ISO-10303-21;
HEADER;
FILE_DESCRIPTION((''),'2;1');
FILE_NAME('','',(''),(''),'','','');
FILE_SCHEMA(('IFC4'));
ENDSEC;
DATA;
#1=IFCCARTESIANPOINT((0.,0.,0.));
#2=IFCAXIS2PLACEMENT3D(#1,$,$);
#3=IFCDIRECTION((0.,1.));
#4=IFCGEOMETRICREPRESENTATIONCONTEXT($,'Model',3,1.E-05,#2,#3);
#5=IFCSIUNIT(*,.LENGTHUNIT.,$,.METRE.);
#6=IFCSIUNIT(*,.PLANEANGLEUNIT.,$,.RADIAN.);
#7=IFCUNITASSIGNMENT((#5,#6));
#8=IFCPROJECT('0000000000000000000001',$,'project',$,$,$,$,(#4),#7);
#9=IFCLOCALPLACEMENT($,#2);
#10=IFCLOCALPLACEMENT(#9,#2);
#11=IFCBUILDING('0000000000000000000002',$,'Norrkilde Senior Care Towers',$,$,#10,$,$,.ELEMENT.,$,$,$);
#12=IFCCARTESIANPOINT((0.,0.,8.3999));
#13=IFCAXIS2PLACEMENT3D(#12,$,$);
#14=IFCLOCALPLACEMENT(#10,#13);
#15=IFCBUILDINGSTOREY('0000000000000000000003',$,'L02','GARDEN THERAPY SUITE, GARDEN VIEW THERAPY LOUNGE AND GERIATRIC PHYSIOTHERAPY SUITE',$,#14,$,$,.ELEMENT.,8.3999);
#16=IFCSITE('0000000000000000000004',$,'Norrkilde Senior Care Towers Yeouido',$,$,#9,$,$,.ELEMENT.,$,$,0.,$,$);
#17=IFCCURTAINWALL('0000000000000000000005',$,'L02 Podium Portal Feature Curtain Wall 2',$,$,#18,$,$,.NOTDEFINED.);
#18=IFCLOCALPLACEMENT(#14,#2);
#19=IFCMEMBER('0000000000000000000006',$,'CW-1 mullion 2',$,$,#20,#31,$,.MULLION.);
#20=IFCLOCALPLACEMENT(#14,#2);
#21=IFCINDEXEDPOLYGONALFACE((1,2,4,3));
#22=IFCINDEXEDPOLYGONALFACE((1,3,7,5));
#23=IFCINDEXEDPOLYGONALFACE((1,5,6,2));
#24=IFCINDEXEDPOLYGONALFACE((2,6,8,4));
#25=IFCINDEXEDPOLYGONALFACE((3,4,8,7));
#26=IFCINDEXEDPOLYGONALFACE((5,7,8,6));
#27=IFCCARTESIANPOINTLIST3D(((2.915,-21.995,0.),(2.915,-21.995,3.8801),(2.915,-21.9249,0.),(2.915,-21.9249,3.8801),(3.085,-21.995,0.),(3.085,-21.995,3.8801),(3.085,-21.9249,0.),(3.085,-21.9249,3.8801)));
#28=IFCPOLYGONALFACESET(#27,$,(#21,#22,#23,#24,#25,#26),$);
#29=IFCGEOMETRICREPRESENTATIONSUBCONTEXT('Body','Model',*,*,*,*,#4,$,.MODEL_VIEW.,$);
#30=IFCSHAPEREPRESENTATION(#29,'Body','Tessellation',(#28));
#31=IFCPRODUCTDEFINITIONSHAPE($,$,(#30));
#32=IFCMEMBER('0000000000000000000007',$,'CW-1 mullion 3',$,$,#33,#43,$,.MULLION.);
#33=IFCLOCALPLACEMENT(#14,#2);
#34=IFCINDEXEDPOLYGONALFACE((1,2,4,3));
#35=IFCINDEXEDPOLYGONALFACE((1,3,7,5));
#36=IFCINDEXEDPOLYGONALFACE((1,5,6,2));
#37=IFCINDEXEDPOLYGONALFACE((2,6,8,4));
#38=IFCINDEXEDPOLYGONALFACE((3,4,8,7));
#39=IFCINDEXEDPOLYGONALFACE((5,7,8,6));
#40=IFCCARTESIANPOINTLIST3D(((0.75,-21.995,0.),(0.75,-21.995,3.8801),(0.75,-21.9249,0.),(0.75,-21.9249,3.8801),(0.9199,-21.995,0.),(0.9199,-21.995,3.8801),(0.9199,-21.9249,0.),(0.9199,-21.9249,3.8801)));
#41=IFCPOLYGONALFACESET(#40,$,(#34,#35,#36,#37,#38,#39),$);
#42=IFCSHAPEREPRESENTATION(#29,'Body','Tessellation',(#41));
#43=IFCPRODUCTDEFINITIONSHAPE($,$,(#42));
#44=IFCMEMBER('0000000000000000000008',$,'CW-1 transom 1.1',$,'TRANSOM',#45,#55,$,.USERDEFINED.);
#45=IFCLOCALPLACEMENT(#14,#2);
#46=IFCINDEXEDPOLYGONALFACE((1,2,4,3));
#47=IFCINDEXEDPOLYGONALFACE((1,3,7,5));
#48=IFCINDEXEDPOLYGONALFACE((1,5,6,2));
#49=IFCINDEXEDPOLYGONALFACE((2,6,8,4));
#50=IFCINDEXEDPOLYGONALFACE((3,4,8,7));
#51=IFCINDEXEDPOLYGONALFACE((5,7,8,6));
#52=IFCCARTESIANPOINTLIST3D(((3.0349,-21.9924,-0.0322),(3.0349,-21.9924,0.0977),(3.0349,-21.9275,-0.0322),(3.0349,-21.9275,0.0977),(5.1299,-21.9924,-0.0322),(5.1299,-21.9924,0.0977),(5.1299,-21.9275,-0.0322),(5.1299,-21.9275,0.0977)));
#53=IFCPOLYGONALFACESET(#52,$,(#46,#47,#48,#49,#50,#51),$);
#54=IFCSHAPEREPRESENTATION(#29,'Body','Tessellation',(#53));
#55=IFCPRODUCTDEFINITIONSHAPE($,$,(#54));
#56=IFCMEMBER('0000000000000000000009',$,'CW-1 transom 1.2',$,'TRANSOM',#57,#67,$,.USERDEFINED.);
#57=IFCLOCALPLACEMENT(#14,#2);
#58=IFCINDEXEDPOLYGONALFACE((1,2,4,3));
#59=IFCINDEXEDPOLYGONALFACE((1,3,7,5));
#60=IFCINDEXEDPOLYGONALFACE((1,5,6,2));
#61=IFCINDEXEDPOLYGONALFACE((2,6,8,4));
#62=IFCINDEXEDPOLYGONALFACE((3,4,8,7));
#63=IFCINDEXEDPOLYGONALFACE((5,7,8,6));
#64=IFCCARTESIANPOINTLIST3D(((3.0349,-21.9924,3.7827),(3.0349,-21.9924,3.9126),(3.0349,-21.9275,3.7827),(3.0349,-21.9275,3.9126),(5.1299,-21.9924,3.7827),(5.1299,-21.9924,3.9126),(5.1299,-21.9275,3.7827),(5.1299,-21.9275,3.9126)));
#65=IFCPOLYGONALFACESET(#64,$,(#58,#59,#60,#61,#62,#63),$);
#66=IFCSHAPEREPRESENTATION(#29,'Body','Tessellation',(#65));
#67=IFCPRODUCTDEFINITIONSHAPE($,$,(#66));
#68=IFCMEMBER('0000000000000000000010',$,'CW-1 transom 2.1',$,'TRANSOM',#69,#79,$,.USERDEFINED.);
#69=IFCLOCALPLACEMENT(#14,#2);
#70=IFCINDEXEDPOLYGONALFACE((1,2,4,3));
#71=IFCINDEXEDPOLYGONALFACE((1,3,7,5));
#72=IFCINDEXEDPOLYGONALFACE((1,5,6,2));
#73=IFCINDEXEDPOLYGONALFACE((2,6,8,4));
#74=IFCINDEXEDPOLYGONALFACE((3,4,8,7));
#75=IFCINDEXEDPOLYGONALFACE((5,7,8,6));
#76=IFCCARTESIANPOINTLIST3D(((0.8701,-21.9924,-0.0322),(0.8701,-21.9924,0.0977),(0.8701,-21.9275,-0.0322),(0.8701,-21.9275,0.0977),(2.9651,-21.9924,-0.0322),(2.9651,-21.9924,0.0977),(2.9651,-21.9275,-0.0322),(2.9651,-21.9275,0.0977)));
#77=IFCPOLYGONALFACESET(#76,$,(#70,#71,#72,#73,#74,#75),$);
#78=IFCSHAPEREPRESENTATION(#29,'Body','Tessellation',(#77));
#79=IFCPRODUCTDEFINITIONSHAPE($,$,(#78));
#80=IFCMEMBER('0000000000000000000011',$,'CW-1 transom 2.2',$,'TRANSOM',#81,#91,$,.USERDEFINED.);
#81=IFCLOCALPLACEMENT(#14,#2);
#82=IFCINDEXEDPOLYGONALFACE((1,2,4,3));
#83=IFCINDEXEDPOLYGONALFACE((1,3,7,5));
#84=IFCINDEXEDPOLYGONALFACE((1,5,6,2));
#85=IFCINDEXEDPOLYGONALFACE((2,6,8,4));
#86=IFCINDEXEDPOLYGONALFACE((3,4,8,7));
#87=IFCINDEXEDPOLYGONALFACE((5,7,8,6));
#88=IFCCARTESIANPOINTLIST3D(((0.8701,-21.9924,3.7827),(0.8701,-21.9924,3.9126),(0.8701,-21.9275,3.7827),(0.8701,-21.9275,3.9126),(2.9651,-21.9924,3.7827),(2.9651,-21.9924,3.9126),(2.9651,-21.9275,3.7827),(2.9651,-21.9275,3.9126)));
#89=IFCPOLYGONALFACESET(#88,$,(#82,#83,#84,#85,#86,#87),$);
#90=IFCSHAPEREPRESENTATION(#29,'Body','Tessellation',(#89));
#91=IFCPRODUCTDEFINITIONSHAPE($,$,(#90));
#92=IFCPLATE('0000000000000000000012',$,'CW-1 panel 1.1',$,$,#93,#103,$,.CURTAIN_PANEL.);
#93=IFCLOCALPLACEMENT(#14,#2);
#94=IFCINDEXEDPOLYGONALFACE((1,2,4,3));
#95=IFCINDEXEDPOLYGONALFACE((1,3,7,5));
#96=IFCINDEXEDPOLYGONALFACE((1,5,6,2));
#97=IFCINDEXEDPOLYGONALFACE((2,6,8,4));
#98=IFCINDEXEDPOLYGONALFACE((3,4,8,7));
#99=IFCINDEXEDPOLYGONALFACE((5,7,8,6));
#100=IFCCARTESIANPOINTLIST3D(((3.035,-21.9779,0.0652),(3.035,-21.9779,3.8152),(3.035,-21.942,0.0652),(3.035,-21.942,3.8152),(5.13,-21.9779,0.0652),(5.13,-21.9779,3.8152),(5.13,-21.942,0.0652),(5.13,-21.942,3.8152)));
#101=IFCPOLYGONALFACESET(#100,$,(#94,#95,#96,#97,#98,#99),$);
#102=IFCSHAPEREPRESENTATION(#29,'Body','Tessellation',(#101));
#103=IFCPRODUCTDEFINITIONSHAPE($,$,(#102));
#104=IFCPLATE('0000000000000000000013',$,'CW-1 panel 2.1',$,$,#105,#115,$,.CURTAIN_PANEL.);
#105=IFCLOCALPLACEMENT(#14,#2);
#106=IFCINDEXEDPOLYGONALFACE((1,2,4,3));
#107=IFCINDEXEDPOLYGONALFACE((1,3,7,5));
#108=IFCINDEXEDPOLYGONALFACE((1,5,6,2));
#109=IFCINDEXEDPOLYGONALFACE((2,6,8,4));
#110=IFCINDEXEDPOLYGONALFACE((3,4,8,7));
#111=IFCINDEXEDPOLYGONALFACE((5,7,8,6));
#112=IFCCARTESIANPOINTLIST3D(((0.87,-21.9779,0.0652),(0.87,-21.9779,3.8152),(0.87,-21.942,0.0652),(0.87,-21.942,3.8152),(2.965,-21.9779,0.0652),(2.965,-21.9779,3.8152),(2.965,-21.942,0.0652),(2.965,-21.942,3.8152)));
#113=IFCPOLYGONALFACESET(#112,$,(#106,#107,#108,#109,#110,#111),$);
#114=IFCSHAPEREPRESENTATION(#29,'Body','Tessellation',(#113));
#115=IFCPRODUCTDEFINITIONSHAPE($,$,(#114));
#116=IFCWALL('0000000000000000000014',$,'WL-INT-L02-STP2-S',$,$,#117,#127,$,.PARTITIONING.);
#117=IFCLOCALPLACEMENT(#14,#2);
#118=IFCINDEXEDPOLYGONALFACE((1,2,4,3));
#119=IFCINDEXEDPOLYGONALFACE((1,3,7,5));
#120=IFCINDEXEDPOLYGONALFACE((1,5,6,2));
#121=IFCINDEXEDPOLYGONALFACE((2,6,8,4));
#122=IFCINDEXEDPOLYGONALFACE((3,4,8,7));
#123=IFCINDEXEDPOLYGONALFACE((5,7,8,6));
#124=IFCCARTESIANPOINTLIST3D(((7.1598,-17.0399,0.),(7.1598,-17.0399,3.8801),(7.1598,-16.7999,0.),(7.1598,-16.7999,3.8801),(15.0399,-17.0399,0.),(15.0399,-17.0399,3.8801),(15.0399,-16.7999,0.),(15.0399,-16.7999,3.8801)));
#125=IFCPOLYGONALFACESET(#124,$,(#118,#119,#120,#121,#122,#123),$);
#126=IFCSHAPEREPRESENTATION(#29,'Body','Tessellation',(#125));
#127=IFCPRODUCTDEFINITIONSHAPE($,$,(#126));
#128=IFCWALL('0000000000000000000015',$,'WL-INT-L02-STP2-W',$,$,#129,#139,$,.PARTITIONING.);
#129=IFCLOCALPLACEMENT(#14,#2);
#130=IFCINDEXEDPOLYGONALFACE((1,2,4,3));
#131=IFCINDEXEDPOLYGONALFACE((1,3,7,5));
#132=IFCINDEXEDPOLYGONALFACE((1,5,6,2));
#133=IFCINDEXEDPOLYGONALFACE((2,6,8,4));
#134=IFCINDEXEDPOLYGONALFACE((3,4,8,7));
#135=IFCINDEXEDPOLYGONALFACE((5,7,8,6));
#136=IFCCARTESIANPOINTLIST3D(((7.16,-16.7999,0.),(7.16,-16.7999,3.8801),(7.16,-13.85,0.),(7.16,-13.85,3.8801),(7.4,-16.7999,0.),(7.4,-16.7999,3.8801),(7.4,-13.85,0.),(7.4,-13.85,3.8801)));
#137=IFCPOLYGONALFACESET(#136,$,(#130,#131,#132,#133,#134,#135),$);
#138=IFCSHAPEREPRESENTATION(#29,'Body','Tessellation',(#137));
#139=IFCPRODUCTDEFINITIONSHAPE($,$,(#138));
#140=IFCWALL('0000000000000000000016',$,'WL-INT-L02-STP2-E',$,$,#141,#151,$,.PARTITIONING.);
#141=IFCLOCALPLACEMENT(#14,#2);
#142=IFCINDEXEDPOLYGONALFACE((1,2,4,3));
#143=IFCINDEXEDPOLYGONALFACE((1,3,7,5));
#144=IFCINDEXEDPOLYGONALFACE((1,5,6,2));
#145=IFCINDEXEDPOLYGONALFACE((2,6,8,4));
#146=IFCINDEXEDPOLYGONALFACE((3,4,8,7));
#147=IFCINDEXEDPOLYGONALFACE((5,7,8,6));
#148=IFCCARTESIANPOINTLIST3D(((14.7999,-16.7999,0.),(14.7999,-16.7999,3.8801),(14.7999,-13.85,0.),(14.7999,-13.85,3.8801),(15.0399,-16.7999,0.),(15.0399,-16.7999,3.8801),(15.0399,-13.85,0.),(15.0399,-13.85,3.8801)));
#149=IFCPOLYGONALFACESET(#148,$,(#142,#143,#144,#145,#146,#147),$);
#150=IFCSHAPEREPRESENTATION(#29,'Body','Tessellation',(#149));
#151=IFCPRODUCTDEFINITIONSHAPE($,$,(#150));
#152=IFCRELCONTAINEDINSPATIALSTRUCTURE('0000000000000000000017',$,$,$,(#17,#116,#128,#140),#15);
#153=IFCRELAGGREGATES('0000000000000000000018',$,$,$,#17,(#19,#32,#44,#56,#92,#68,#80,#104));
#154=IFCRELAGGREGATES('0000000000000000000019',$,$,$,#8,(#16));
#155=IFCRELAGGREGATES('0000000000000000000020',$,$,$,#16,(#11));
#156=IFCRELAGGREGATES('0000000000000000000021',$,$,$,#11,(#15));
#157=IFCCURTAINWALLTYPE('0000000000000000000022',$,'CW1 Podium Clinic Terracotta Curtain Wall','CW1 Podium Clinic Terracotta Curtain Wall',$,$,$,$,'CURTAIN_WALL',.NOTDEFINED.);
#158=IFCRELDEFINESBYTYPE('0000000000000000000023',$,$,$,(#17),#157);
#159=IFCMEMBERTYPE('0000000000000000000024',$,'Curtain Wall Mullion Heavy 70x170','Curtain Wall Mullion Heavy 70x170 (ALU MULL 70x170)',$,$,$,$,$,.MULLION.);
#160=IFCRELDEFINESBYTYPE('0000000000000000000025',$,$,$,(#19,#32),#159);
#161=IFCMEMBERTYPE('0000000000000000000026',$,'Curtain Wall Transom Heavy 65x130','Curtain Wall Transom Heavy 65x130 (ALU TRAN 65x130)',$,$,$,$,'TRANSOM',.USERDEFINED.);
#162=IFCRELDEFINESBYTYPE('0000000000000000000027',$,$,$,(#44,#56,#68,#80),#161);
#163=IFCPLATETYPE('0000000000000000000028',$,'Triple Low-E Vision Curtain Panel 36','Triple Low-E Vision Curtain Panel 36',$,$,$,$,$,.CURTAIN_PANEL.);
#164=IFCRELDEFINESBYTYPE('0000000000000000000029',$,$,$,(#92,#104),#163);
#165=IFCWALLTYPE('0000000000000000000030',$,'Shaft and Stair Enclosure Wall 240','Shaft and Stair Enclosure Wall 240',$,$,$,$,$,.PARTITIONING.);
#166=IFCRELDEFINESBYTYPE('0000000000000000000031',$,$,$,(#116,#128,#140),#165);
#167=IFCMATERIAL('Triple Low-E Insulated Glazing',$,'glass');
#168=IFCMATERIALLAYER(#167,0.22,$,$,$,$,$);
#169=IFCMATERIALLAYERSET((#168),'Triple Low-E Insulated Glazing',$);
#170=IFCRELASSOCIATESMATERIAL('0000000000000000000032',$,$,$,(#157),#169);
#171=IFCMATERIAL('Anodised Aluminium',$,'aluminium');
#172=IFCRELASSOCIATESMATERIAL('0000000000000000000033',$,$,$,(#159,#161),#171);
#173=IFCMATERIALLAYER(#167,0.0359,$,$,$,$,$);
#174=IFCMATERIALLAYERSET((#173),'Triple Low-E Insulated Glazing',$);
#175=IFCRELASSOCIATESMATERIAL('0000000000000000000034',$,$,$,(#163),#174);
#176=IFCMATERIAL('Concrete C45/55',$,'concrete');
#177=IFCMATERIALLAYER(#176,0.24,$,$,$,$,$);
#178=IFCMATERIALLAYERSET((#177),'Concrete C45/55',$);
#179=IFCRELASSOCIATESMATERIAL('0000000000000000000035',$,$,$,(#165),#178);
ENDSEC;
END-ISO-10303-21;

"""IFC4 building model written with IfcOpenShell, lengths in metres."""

from ifc_helpers import new_model, si_unit, direction, frame, frame_2d, origin, origin_2d, place, context, subcontext, project, spatial, rectangle, extrude, source, transform, mapped, material, layer, layer_set, material_profile, profile_set, type_object, type_shapes, element, aggregate, save


model = new_model("IFC4")

# Units and contexts
model_context = context("Model", 3, precision=1e-05, world=origin(), true_north=direction((0.0, 1.0)))
body_context = subcontext(model_context, "Body", "Model", "MODEL_VIEW")
ifc_project = project(units=[si_unit("LENGTHUNIT", "METRE"), si_unit("PLANEANGLEUNIT", "RADIAN")], contexts=[model_context])

# Site, building, storey
site_placement = place(None, origin())
site = spatial("IfcSite", under=ifc_project, at=site_placement, Name="Norrkilde Senior Care Towers Yeouido", CompositionType="ELEMENT", RefElevation=0.0)
building_placement = place(site_placement, origin())
building = spatial("IfcBuilding", under=site, at=building_placement, Name="Norrkilde Senior Care Towers", CompositionType="ELEMENT")
storey_placement = place(building_placement, frame((0.0, 0.0, 8.3999)))
storey = spatial("IfcBuildingStorey", under=building, at=storey_placement, Name="L02", Description="GARDEN THERAPY SUITE, GARDEN VIEW THERAPY LOUNGE AND GERIATRIC PHYSIOTHERAPY SUITE", CompositionType="ELEMENT", Elevation=8.3999)

# Curtain wall, members, plates
ifc_material_1 = material(Name="Triple Low-E Insulated Glazing", Category="glass")
ifc_layer_1 = layer(ifc_material_1, 0.22)
ifc_layer_set_1 = layer_set([ifc_layer_1], Name="Triple Low-E Insulated Glazing")
curtain_wall_type = type_object("IfcCurtainWallType", Name="CW1 Podium Clinic Terracotta Curtain Wall", Description="CW1 Podium Clinic Terracotta Curtain Wall", ElementType="CURTAIN_WALL", PredefinedType="NOTDEFINED", material=ifc_layer_set_1)
curtain_wall_placement = place(storey_placement, origin())
curtain_wall = element("IfcCurtainWall", 1, at=curtain_wall_placement, inside=storey, type_object=curtain_wall_type, Name="L02 Podium Portal Feature Curtain Wall 2", PredefinedType="NOTDEFINED")
ifc_material_2 = material(Name="Anodised Aluminium", Category="aluminium")
ifc_material_profile_1 = material_profile(ifc_material_2, rectangle(XDim=0.0701, YDim=0.1699, at=origin_2d()), Name="ALU MULL 70x170")
ifc_profile_set_1 = profile_set([ifc_material_profile_1], Name="Anodised Aluminium")
member_type_1 = type_object("IfcMemberType", Name="Curtain Wall Mullion Heavy 70x170", Description="Curtain Wall Mullion Heavy 70x170 (ALU MULL 70x170)", PredefinedType="MULLION", material=ifc_profile_set_1)
shared_shape_1 = source(origin(), body_context, "Body", "SweptSolid", [
    extrude(rectangle(XDim=0.0701, YDim=0.1699, at=origin_2d()), origin(), (0.0, 0.0, 1.0), 3.8801),
])
type_shapes(member_type_1, [shared_shape_1])
member_1_placement = place(storey_placement, frame((3.0, -21.96, 0.0), z_axis=(0.0, 0.0, 1.0), x_axis=(0.0, -1.0, 0.0)))
member_1 = element("IfcMember", 2, at=member_1_placement, type_object=member_type_1, Name="CW-1 mullion 2", PredefinedType="MULLION", context=body_context, shape_type="MappedRepresentation", body=[
    mapped(shared_shape_1, transform((0.0, 0.0, 0.0), x_axis=(1.0, 0.0, 0.0), y_axis=(0.0, 1.0, 0.0), z_axis=(0.0, 0.0, 1.0), scale=1.0)),
])
member_2_placement = place(storey_placement, frame((0.835, -21.96, 0.0), z_axis=(0.0, 0.0, 1.0), x_axis=(0.0, -1.0, 0.0)))
member_2 = element("IfcMember", 3, at=member_2_placement, type_object=member_type_1, Name="CW-1 mullion 3", PredefinedType="MULLION", context=body_context, shape_type="MappedRepresentation", body=[
    mapped(shared_shape_1, transform((0.0, 0.0, 0.0), x_axis=(1.0, 0.0, 0.0), y_axis=(0.0, 1.0, 0.0), z_axis=(0.0, 0.0, 1.0), scale=1.0)),
])
ifc_material_profile_2 = material_profile(ifc_material_2, rectangle(XDim=0.0649, YDim=0.1299, at=origin_2d()), Name="ALU TRAN 65x130")
ifc_profile_set_2 = profile_set([ifc_material_profile_2], Name="Anodised Aluminium")
member_type_2 = type_object("IfcMemberType", Name="Curtain Wall Transom Heavy 65x130", Description="Curtain Wall Transom Heavy 65x130 (ALU TRAN 65x130)", ElementType="TRANSOM", PredefinedType="USERDEFINED", material=ifc_profile_set_2)
shared_shape_2 = source(origin(), body_context, "Body", "SweptSolid", [
    extrude(rectangle(XDim=0.0649, YDim=0.1299, at=origin_2d()), origin(), (0.0, 0.0, 1.0), 2.095),
])
type_shapes(member_type_2, [shared_shape_2])
member_3_placement = place(storey_placement, frame((5.1299, -21.96, 0.0327), z_axis=(-1.0, 0.0, 0.0), x_axis=(0.0, -1.0, 0.0)))
member_3 = element("IfcMember", 4, at=member_3_placement, type_object=member_type_2, Name="CW-1 transom 1.1", ObjectType="TRANSOM", PredefinedType="USERDEFINED", context=body_context, shape_type="MappedRepresentation", body=[
    mapped(shared_shape_2, transform((0.0, 0.0, 0.0), x_axis=(1.0, 0.0, 0.0), y_axis=(0.0, 1.0, 0.0), z_axis=(0.0, 0.0, 1.0), scale=1.0)),
])
member_4_placement = place(storey_placement, frame((5.1299, -21.96, 3.8477), z_axis=(-1.0, 0.0, 0.0), x_axis=(0.0, -1.0, 0.0)))
member_4 = element("IfcMember", 5, at=member_4_placement, type_object=member_type_2, Name="CW-1 transom 1.2", ObjectType="TRANSOM", PredefinedType="USERDEFINED", context=body_context, shape_type="MappedRepresentation", body=[
    mapped(shared_shape_2, transform((0.0, 0.0, 0.0), x_axis=(1.0, 0.0, 0.0), y_axis=(0.0, 1.0, 0.0), z_axis=(0.0, 0.0, 1.0), scale=1.0)),
])
member_5_placement = place(storey_placement, frame((2.9651, -21.96, 0.0327), z_axis=(-1.0, 0.0, 0.0), x_axis=(0.0, -1.0, 0.0)))
member_5 = element("IfcMember", 6, at=member_5_placement, type_object=member_type_2, Name="CW-1 transom 2.1", ObjectType="TRANSOM", PredefinedType="USERDEFINED", context=body_context, shape_type="MappedRepresentation", body=[
    mapped(shared_shape_2, transform((0.0, 0.0, 0.0), x_axis=(1.0, 0.0, 0.0), y_axis=(0.0, 1.0, 0.0), z_axis=(0.0, 0.0, 1.0), scale=1.0)),
])
member_6_placement = place(storey_placement, frame((2.9651, -21.96, 3.8477), z_axis=(-1.0, 0.0, 0.0), x_axis=(0.0, -1.0, 0.0)))
member_6 = element("IfcMember", 7, at=member_6_placement, type_object=member_type_2, Name="CW-1 transom 2.2", ObjectType="TRANSOM", PredefinedType="USERDEFINED", context=body_context, shape_type="MappedRepresentation", body=[
    mapped(shared_shape_2, transform((0.0, 0.0, 0.0), x_axis=(1.0, 0.0, 0.0), y_axis=(0.0, 1.0, 0.0), z_axis=(0.0, 0.0, 1.0), scale=1.0)),
])
ifc_layer_2 = layer(ifc_material_1, 0.0359)
ifc_layer_set_2 = layer_set([ifc_layer_2], Name="Triple Low-E Insulated Glazing")
plate_type = type_object("IfcPlateType", Name="Triple Low-E Vision Curtain Panel 36", Description="Triple Low-E Vision Curtain Panel 36", PredefinedType="CURTAIN_PANEL", material=ifc_layer_set_2)
shared_shape_3 = source(origin(), body_context, "Body", "SweptSolid", [
    extrude(rectangle(XDim=2.095, YDim=0.0359, at=origin_2d()), origin(), (0.0, 0.0, 1.0), 3.75),
])
type_shapes(plate_type, [shared_shape_3])
plate_1_placement = place(storey_placement, frame((4.0825, -21.96, 0.0652), z_axis=(0.0, 0.0, 1.0), x_axis=(-1.0, 0.0, 0.0)))
plate_1 = element("IfcPlate", 8, at=plate_1_placement, type_object=plate_type, Name="CW-1 panel 1.1", PredefinedType="CURTAIN_PANEL", context=body_context, shape_type="MappedRepresentation", body=[
    mapped(shared_shape_3, transform((0.0, 0.0, 0.0), x_axis=(1.0, 0.0, 0.0), y_axis=(0.0, 1.0, 0.0), z_axis=(0.0, 0.0, 1.0), scale=1.0)),
])
plate_2_placement = place(storey_placement, frame((1.9175, -21.96, 0.0652), z_axis=(0.0, 0.0, 1.0), x_axis=(-1.0, 0.0, 0.0)))
plate_2 = element("IfcPlate", 9, at=plate_2_placement, type_object=plate_type, Name="CW-1 panel 2.1", PredefinedType="CURTAIN_PANEL", context=body_context, shape_type="MappedRepresentation", body=[
    mapped(shared_shape_3, transform((0.0, 0.0, 0.0), x_axis=(1.0, 0.0, 0.0), y_axis=(0.0, 1.0, 0.0), z_axis=(0.0, 0.0, 1.0), scale=1.0)),
])
aggregate(curtain_wall, [member_1, member_2, member_3, member_4, plate_1, member_5, member_6, plate_2])

# Walls
ifc_material_3 = material(Name="Concrete C45/55", Category="concrete")
ifc_layer_3 = layer(ifc_material_3, 0.24)
ifc_layer_set_3 = layer_set([ifc_layer_3], Name="Concrete C45/55")
wall_type = type_object("IfcWallType", Name="Shaft and Stair Enclosure Wall 240", Description="Shaft and Stair Enclosure Wall 240", PredefinedType="PARTITIONING", material=ifc_layer_set_3)
shared_shape_4 = source(origin(), body_context, "Body", "SweptSolid", [
    extrude(rectangle(XDim=7.8801, YDim=0.24, at=frame_2d((3.9399, 0.0))), origin(), (0.0, 0.0, 1.0), 3.8801),
])
wall_placement = place(storey_placement, frame((7.1599, -16.9199, 0.0), z_axis=(0.0, 0.0, 1.0), x_axis=(1.0, 0.0, 0.0)))
element("IfcWall", 10, at=wall_placement, inside=storey, type_object=wall_type, Name="WL-INT-L02-STP2-S", PredefinedType="PARTITIONING", context=body_context, shape_type="MappedRepresentation", body=[
    mapped(shared_shape_4, transform((0.0, 0.0, 0.0), x_axis=(1.0, 0.0, 0.0), y_axis=(0.0, 1.0, 0.0), z_axis=(0.0, 0.0, 1.0), scale=1.0)),
])
shared_shape_5 = source(origin(), body_context, "Body", "SweptSolid", [
    extrude(rectangle(XDim=2.95, YDim=0.24, at=frame_2d((1.4751, 0.0))), origin(), (0.0, 0.0, 1.0), 3.8801),
])
type_shapes(wall_type, [shared_shape_4, shared_shape_5])
for number, where, z_axis, x_axis, name in (
    (11, (7.28, -16.8, 0.0), (0.0, 0.0, 1.0), (0.0, 1.0, 0.0), "WL-INT-L02-STP2-W"),
    (12, (14.9199, -16.8, 0.0), (0.0, 0.0, 1.0), (0.0, 1.0, 0.0), "WL-INT-L02-STP2-E"),
):
    element("IfcWall", number, at=place(storey_placement, frame(where, z_axis=z_axis, x_axis=x_axis)), inside=storey, type_object=wall_type, Name=name, PredefinedType="PARTITIONING", context=body_context, shape_type="MappedRepresentation", body=[
        mapped(shared_shape_5, transform((0.0, 0.0, 0.0), x_axis=(1.0, 0.0, 0.0), y_axis=(0.0, 1.0, 0.0), z_axis=(0.0, 0.0, 1.0), scale=1.0)),
    ])

save(model, "model.ifc")
